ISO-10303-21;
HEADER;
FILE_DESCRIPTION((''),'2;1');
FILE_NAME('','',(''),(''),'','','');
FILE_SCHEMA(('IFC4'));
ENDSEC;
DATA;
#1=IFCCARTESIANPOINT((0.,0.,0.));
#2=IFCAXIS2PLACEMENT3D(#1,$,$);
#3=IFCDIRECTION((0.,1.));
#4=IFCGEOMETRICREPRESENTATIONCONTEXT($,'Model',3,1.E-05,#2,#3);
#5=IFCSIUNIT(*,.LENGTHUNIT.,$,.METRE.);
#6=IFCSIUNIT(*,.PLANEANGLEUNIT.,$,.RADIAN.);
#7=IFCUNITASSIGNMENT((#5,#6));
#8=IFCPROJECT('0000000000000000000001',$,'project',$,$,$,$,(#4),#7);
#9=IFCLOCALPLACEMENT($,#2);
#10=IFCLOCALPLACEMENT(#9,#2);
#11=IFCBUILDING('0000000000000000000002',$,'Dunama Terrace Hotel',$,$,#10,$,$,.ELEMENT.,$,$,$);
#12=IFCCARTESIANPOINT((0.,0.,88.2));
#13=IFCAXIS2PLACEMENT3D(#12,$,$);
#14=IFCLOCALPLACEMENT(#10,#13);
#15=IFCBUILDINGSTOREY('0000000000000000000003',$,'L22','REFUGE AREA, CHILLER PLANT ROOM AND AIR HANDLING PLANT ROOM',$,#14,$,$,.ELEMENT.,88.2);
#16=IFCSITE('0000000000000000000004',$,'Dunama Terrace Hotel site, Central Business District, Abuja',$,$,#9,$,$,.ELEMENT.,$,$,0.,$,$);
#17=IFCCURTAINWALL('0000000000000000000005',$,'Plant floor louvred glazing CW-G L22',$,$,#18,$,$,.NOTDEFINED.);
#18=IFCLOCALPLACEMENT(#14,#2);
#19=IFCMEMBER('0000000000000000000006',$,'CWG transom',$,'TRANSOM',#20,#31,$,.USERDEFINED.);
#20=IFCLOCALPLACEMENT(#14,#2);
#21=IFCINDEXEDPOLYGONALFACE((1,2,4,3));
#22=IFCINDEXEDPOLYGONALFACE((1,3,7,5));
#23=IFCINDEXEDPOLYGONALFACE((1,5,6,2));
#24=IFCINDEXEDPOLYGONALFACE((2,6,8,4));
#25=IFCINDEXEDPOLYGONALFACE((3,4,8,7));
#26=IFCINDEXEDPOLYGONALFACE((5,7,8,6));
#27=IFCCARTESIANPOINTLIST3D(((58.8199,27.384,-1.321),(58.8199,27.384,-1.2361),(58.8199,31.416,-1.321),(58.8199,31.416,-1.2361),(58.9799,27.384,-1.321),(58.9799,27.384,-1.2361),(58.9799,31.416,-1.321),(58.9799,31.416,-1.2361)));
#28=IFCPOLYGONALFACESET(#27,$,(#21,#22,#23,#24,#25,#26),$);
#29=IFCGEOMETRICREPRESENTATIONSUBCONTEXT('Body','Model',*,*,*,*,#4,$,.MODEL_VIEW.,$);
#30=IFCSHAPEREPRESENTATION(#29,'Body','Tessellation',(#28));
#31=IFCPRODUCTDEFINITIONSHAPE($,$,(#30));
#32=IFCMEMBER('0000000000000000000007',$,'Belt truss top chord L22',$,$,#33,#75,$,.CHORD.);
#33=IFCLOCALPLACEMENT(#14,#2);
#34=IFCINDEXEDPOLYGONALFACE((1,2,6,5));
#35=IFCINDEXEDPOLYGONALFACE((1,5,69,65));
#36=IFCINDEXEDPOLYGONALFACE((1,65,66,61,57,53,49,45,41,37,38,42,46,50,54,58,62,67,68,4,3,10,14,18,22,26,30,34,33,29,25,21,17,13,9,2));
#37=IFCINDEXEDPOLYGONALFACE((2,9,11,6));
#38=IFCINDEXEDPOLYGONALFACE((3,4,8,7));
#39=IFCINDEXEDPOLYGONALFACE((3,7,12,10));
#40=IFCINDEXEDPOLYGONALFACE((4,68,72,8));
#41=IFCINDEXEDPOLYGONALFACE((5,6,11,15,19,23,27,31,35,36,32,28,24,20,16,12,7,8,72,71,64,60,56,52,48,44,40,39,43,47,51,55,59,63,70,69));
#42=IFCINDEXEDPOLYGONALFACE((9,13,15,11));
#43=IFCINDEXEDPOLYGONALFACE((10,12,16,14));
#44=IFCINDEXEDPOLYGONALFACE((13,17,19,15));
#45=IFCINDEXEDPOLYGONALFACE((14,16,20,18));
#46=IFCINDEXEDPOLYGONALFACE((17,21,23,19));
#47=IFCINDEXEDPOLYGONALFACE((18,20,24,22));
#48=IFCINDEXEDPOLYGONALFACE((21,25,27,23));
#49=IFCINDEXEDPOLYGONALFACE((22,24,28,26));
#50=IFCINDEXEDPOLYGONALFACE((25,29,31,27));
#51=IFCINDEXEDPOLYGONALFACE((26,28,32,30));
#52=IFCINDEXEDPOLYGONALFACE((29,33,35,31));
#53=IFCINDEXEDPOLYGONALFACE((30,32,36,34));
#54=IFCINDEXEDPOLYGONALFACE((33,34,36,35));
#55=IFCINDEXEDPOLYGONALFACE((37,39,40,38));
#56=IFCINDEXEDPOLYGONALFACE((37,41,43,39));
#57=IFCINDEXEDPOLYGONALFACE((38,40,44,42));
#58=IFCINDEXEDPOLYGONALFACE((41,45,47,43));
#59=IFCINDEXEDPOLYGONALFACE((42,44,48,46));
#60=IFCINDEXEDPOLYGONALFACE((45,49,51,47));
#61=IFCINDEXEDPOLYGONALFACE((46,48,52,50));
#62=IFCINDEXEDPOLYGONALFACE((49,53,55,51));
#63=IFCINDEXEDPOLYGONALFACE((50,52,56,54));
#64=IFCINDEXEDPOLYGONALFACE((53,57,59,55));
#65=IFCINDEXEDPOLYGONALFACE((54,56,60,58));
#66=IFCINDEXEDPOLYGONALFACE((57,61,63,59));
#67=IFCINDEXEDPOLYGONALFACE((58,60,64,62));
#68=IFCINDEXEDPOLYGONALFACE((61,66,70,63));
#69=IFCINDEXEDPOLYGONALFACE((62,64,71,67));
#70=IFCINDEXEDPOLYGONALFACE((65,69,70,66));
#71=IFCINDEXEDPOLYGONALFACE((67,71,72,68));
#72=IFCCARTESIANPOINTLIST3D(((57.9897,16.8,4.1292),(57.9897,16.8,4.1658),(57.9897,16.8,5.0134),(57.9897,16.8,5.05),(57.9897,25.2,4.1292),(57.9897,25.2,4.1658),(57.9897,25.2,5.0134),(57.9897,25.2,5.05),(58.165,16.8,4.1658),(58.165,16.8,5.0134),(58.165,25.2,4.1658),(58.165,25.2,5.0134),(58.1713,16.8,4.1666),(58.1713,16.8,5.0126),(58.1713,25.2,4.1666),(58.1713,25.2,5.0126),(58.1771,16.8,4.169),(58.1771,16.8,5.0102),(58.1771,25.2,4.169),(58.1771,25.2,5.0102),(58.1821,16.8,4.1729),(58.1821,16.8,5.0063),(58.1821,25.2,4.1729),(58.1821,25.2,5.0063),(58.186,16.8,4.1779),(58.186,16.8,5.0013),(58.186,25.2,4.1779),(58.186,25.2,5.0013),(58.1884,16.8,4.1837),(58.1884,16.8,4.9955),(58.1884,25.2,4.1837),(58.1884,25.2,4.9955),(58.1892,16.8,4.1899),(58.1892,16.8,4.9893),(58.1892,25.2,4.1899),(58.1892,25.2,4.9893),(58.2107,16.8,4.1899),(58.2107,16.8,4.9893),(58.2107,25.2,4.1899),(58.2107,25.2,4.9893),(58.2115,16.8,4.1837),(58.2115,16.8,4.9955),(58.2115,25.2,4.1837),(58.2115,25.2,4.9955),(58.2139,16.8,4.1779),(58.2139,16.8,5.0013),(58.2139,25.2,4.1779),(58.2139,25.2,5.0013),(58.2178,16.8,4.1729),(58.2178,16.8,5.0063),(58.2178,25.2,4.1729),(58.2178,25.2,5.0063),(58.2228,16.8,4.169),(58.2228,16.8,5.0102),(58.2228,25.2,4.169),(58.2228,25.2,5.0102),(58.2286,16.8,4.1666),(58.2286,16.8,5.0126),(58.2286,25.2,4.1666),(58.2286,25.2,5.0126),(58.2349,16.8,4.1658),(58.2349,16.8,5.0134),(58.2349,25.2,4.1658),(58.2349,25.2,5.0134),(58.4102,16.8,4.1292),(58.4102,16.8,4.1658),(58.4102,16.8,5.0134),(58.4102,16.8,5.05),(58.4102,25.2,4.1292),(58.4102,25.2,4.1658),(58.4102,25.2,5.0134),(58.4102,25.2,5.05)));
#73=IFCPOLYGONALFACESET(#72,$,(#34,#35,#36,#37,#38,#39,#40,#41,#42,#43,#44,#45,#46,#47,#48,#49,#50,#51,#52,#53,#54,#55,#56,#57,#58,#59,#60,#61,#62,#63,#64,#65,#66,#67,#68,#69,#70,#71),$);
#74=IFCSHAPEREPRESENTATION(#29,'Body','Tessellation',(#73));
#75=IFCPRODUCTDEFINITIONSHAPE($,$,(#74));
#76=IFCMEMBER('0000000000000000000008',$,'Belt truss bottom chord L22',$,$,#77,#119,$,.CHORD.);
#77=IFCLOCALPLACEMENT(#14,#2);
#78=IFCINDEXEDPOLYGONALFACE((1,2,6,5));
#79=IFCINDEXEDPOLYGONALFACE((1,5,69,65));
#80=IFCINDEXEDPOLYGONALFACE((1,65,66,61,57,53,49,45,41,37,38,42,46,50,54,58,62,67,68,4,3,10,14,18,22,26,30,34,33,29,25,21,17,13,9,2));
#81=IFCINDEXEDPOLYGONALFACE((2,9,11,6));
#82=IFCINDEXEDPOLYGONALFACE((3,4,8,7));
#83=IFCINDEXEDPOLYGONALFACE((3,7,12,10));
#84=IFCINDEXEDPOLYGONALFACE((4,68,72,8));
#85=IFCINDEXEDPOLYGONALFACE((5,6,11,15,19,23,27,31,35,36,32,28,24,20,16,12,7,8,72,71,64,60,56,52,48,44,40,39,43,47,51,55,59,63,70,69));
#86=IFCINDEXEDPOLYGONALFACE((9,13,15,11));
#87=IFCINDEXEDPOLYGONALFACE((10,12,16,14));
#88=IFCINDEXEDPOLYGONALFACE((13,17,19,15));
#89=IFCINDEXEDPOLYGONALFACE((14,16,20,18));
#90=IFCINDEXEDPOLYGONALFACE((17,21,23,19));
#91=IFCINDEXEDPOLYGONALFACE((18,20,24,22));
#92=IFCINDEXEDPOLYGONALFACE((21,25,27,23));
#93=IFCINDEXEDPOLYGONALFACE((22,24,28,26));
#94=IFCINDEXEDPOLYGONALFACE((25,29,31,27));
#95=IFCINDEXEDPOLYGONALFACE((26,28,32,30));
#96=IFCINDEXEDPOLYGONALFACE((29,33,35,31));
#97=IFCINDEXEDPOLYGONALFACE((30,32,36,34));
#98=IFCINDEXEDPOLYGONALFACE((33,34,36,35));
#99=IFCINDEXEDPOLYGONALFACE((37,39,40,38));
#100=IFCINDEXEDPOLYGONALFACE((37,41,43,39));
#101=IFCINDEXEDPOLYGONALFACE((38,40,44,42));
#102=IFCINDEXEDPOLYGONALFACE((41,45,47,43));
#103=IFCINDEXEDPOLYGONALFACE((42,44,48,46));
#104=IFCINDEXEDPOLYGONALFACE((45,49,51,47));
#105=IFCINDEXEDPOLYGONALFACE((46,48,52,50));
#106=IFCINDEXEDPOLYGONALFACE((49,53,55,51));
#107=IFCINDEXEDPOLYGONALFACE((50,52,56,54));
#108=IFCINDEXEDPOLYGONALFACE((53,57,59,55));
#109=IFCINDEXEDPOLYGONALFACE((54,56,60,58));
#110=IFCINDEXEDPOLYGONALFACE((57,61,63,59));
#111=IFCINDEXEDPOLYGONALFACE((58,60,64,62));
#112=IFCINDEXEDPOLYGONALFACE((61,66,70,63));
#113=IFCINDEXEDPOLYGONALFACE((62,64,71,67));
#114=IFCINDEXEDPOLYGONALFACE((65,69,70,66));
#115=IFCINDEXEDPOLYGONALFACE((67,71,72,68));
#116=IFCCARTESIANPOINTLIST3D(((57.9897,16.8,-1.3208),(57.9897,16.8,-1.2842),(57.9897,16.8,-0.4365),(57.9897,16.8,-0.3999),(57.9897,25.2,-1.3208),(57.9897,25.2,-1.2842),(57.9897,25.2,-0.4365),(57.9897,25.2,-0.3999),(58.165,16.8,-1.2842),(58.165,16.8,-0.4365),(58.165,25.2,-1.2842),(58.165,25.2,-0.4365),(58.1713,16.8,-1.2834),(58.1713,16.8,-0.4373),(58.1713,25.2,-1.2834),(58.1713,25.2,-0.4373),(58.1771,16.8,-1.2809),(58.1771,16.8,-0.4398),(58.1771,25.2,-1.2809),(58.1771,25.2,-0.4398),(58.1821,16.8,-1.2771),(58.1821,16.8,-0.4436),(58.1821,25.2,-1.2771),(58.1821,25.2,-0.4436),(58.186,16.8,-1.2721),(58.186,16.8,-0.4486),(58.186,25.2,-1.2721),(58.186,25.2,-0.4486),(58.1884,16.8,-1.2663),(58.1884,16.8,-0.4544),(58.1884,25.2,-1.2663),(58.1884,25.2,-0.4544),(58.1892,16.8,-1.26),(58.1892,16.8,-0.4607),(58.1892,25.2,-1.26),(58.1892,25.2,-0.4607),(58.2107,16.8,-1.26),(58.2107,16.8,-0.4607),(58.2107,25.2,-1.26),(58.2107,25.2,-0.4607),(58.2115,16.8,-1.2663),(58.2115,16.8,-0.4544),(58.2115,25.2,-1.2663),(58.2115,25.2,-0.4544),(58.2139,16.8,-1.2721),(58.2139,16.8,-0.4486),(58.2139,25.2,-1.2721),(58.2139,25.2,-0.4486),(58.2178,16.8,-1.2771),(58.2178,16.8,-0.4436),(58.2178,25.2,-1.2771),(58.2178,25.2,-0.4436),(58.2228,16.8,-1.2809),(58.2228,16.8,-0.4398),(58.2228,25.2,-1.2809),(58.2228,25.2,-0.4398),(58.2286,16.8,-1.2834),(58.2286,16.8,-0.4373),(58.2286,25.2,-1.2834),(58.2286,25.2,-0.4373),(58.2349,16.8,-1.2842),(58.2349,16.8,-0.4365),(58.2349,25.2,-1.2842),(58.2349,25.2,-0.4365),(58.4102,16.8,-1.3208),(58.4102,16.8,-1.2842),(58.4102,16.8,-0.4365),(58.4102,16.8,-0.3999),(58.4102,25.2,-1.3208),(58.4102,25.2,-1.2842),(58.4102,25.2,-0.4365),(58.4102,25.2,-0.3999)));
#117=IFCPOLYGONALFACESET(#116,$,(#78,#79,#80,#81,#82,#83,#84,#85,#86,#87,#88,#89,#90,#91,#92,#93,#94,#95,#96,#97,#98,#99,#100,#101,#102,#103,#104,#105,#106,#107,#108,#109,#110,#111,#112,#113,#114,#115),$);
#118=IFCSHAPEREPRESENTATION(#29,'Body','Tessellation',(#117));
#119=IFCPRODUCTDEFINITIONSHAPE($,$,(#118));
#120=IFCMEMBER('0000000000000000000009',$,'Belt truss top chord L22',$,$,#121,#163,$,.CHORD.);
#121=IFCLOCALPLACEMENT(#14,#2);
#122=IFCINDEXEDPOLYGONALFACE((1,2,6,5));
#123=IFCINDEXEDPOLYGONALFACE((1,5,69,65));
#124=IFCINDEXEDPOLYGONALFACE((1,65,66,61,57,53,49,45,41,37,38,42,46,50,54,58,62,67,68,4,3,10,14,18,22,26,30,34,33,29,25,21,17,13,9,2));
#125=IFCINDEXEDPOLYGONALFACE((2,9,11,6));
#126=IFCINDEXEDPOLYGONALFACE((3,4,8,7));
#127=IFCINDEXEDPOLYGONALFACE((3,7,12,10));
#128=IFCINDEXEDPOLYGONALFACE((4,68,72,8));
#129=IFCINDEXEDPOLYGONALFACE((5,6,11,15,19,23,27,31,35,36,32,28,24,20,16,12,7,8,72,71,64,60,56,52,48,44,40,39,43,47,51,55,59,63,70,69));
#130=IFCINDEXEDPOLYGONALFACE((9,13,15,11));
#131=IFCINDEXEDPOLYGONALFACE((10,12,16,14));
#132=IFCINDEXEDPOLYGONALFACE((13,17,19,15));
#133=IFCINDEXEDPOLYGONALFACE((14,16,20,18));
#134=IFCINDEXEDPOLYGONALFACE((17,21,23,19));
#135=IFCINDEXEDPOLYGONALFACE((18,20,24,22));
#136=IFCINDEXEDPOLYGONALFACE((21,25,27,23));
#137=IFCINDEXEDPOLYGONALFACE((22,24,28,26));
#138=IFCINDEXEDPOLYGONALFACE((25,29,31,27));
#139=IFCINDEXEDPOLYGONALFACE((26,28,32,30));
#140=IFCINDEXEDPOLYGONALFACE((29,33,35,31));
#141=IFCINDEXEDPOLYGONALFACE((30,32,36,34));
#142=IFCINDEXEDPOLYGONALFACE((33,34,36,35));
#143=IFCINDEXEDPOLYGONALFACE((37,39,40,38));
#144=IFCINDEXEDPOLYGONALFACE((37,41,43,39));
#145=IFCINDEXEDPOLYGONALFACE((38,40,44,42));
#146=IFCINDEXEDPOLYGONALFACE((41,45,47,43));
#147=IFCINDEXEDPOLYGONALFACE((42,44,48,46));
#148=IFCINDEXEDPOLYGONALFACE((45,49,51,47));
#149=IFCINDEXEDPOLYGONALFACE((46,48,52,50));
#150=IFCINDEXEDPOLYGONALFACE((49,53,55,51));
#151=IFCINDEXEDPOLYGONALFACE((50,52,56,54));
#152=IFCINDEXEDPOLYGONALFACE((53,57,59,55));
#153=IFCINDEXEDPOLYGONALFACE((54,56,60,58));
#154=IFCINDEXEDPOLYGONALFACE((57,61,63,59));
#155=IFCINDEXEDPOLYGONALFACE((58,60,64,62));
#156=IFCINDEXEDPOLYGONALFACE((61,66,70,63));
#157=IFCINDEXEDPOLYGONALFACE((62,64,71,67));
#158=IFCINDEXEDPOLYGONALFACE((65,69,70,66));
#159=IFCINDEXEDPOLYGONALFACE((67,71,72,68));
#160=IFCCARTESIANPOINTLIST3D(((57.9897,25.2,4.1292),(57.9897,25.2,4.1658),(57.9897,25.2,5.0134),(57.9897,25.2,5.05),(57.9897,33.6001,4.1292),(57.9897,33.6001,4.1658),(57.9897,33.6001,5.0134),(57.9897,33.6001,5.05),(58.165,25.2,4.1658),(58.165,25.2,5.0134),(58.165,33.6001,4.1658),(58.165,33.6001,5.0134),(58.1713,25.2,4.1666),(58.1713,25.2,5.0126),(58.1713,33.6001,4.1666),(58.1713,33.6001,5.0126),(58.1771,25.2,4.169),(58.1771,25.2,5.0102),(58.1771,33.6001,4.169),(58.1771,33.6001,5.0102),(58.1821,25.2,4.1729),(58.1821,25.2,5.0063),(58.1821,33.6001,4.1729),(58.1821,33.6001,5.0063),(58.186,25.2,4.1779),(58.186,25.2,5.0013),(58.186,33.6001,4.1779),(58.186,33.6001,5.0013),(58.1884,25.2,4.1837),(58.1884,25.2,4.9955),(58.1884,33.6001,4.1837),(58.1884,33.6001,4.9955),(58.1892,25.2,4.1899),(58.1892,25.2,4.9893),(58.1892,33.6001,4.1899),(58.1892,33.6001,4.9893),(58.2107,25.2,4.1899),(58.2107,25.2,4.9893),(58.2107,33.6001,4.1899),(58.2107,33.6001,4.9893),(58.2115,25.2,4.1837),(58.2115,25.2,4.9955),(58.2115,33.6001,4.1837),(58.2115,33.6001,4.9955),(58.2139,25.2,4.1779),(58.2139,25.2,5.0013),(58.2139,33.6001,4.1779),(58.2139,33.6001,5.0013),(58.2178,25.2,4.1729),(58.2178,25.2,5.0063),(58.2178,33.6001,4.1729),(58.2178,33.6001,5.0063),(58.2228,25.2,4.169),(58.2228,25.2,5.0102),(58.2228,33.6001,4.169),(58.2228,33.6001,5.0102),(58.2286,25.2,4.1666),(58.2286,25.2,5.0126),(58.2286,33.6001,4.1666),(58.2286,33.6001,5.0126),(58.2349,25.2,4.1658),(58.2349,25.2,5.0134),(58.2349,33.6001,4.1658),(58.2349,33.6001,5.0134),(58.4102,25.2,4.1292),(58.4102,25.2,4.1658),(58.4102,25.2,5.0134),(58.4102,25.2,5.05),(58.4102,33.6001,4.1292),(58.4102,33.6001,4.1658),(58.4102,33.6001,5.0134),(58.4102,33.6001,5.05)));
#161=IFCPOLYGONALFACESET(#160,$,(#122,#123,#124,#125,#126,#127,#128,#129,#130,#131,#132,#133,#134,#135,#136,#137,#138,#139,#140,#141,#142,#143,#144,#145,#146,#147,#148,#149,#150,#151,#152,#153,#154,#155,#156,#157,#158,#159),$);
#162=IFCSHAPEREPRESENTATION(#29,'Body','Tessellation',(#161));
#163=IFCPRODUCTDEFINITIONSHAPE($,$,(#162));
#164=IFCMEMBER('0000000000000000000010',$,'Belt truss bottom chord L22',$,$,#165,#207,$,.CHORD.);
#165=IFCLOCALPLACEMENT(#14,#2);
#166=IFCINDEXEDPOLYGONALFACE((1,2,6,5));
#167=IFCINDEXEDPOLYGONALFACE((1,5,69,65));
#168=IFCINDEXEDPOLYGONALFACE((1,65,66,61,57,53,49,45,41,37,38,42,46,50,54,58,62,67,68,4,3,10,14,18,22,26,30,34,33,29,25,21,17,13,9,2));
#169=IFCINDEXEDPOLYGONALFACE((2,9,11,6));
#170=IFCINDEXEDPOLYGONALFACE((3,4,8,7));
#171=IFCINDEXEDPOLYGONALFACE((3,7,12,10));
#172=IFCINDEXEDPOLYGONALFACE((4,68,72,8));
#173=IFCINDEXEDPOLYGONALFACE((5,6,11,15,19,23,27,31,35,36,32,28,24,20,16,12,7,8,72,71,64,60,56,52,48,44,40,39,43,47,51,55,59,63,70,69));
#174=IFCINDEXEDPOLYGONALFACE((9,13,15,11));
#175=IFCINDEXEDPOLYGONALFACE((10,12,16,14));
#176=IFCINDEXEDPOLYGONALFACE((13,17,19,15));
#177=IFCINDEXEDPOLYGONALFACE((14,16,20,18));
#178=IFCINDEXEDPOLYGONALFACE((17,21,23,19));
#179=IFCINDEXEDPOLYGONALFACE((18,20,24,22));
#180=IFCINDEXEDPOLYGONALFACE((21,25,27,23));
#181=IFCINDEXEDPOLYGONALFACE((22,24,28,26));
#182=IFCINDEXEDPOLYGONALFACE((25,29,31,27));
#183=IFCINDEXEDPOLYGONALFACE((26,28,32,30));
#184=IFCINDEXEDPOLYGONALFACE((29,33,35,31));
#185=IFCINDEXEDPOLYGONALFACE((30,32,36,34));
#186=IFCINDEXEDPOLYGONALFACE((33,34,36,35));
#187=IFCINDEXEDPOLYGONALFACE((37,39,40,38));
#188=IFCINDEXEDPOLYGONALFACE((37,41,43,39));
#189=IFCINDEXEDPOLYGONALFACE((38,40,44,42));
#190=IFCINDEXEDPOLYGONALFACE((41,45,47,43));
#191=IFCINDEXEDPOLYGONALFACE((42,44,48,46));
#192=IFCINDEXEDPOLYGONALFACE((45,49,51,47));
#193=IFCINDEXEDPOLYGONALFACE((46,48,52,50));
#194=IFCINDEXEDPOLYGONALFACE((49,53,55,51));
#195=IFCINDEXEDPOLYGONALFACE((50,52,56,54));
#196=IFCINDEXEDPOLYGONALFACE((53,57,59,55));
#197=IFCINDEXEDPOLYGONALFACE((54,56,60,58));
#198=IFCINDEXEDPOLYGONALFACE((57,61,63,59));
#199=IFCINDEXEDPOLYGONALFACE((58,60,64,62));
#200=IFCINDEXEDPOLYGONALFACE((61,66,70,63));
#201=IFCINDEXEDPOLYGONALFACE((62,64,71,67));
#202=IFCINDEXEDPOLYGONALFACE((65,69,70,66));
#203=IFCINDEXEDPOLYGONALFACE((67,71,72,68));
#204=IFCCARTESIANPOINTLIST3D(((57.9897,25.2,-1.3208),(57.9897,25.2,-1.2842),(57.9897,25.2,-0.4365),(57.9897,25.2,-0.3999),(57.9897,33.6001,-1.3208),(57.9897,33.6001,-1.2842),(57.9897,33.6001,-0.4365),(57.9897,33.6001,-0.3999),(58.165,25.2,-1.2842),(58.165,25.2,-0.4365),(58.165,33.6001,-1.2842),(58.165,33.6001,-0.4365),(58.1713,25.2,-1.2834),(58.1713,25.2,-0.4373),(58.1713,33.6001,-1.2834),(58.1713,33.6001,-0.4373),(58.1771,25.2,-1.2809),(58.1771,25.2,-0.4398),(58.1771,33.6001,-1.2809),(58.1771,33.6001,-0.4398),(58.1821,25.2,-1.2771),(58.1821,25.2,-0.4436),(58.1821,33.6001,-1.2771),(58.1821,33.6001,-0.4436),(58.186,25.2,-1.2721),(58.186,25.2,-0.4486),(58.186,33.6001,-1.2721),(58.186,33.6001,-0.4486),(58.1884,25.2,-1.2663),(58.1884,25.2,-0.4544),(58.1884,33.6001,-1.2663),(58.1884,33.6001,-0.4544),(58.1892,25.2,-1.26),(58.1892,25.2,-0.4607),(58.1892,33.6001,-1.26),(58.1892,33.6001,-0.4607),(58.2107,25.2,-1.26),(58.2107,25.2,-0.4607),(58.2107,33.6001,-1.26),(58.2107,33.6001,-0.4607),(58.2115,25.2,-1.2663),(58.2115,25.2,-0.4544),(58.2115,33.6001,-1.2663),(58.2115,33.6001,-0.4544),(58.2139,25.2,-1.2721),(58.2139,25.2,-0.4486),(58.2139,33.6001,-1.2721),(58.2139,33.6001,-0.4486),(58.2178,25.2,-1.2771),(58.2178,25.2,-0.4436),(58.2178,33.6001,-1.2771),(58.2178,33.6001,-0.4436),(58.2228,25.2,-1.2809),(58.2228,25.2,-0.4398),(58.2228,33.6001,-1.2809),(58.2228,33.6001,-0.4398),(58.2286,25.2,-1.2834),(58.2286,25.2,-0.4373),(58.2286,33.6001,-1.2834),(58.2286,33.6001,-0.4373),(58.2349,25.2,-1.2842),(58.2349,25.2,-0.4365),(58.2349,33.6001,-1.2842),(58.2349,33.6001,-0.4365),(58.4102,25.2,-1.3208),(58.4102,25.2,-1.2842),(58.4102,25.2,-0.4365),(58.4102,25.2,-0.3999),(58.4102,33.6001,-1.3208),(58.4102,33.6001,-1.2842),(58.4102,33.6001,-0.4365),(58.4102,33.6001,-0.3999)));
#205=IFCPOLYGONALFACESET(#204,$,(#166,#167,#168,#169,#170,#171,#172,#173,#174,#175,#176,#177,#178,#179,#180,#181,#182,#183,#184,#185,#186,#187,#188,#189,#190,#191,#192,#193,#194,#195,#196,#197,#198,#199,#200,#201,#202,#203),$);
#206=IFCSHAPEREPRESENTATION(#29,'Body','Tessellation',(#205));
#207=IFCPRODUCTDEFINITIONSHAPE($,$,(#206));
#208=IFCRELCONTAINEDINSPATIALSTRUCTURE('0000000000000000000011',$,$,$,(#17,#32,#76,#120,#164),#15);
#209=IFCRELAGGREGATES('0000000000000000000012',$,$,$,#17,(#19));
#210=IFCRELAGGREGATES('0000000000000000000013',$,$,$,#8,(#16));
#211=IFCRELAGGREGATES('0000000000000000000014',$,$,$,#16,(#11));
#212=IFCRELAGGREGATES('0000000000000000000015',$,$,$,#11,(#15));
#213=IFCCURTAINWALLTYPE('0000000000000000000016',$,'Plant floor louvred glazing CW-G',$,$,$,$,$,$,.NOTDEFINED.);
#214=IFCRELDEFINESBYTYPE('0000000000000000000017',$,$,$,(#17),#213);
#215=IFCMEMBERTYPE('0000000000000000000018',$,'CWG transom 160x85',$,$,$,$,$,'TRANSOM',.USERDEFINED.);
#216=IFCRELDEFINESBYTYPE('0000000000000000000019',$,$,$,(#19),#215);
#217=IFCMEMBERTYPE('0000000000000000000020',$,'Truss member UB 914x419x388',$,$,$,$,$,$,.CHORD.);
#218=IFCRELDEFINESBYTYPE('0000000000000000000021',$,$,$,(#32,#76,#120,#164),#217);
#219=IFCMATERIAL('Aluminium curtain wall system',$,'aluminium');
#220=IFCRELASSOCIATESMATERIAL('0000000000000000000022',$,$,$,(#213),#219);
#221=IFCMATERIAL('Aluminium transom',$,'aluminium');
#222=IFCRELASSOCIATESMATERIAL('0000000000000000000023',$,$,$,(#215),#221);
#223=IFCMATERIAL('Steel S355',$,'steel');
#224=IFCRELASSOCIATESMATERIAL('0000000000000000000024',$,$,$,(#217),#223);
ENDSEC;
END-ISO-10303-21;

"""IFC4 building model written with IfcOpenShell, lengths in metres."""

from ifc_helpers import new_model, si_unit, direction, frame, origin, origin_2d, place, context, subcontext, project, spatial, rectangle, i_section, extrude, material, material_profile, profile_set, type_object, element, aggregate, save


model = new_model("IFC4")

# Units and contexts
model_context = context("Model", 3, precision=1e-05, world=origin(), true_north=direction((0.0, 1.0)))
body_context = subcontext(model_context, "Body", "Model", "MODEL_VIEW")
ifc_project = project(units=[si_unit("LENGTHUNIT", "METRE"), si_unit("PLANEANGLEUNIT", "RADIAN")], contexts=[model_context])

# Site, building, storey
site_placement = place(None, origin())
site = spatial("IfcSite", under=ifc_project, at=site_placement, Name="Dunama Terrace Hotel site, Central Business District, Abuja", CompositionType="ELEMENT", RefElevation=0.0)
building_placement = place(site_placement, origin())
building = spatial("IfcBuilding", under=site, at=building_placement, Name="Dunama Terrace Hotel", CompositionType="ELEMENT")
storey_placement = place(building_placement, frame((0.0, 0.0, 88.2)))
storey = spatial("IfcBuildingStorey", under=building, at=storey_placement, Name="L22", Description="REFUGE AREA, CHILLER PLANT ROOM AND AIR HANDLING PLANT ROOM", CompositionType="ELEMENT", Elevation=88.2)

# Curtain wall, member
ifc_material_1 = material(Name="Aluminium curtain wall system", Category="aluminium")
curtain_wall_type = type_object("IfcCurtainWallType", Name="Plant floor louvred glazing CW-G", PredefinedType="NOTDEFINED", material=ifc_material_1)
curtain_wall_placement = place(storey_placement, origin())
curtain_wall = element("IfcCurtainWall", 1, at=curtain_wall_placement, inside=storey, type_object=curtain_wall_type, Name="Plant floor louvred glazing CW-G L22", PredefinedType="NOTDEFINED")
ifc_material_2 = material(Name="Aluminium transom", Category="aluminium")
ifc_material_profile_1 = material_profile(ifc_material_2, rectangle(XDim=0.1599, YDim=0.085, at=origin_2d()), Name="CWG TRANSOM 160X85")
ifc_profile_set_1 = profile_set([ifc_material_profile_1], Name="Aluminium transom")
member_type_1 = type_object("IfcMemberType", Name="CWG transom 160x85", ElementType="TRANSOM", PredefinedType="USERDEFINED", material=ifc_profile_set_1)
member_1_placement = place(storey_placement, frame((58.8999, 27.384, -1.2786), z_axis=(0.0, 1.0, 0.0), x_axis=(-1.0, 0.0, 0.0)))
member_1 = element("IfcMember", 2, at=member_1_placement, type_object=member_type_1, Name="CWG transom", ObjectType="TRANSOM", PredefinedType="USERDEFINED", context=body_context, shape_type="SweptSolid", body=[
    extrude(rectangle(XDim=0.1599, YDim=0.085, at=origin_2d()), origin(), (0.0, 0.0, 1.0), 4.032),
])

# Members
ifc_material_3 = material(Name="Steel S355", Category="steel")
ifc_material_profile_2 = material_profile(ifc_material_3, i_section(OverallWidth=0.4204, OverallDepth=0.9209, WebThickness=0.0215, FlangeThickness=0.0366, FilletRadius=0.0242, at=origin_2d()), Name="UB 914x419x388")
ifc_profile_set_2 = profile_set([ifc_material_profile_2], Name="Steel S355")
member_type_2 = type_object("IfcMemberType", Name="Truss member UB 914x419x388", PredefinedType="CHORD", material=ifc_profile_set_2)
for number, where, z_axis, x_axis, name in (
    (3, (58.2, 16.8, 4.5896), (0.0, 1.0, 0.0), (-1.0, 0.0, 0.0), "Belt truss top chord L22"),
    (4, (58.2, 16.8, -0.8604), (0.0, 1.0, 0.0), (-1.0, 0.0, 0.0), "Belt truss bottom chord L22"),
):
    element("IfcMember", number, at=place(storey_placement, frame(where, z_axis=z_axis, x_axis=x_axis)), inside=storey, type_object=member_type_2, Name=name, PredefinedType="CHORD", context=body_context, shape_type="SweptSolid", body=[
        extrude(i_section(OverallWidth=0.4204, OverallDepth=0.9209, WebThickness=0.0215, FlangeThickness=0.0366, FilletRadius=0.0242, at=origin_2d()), origin(), (0.0, 0.0, 1.0), 8.3999),
    ])
for number, where, z_axis, x_axis, name in (
    (5, (58.2, 25.2, 4.5896), (0.0, 1.0, 0.0), (-1.0, 0.0, 0.0), "Belt truss top chord L22"),
    (6, (58.2, 25.2, -0.8604), (0.0, 1.0, 0.0), (-1.0, 0.0, 0.0), "Belt truss bottom chord L22"),
):
    element("IfcMember", number, at=place(storey_placement, frame(where, z_axis=z_axis, x_axis=x_axis)), inside=storey, type_object=member_type_2, Name=name, PredefinedType="CHORD", context=body_context, shape_type="SweptSolid", body=[
        extrude(i_section(OverallWidth=0.4204, OverallDepth=0.9209, WebThickness=0.0215, FlangeThickness=0.0366, FilletRadius=0.0242, at=origin_2d()), origin(), (0.0, 0.0, 1.0), 8.4001),
    ])

aggregate(curtain_wall, [member_1])

save(model, "model.ifc")
